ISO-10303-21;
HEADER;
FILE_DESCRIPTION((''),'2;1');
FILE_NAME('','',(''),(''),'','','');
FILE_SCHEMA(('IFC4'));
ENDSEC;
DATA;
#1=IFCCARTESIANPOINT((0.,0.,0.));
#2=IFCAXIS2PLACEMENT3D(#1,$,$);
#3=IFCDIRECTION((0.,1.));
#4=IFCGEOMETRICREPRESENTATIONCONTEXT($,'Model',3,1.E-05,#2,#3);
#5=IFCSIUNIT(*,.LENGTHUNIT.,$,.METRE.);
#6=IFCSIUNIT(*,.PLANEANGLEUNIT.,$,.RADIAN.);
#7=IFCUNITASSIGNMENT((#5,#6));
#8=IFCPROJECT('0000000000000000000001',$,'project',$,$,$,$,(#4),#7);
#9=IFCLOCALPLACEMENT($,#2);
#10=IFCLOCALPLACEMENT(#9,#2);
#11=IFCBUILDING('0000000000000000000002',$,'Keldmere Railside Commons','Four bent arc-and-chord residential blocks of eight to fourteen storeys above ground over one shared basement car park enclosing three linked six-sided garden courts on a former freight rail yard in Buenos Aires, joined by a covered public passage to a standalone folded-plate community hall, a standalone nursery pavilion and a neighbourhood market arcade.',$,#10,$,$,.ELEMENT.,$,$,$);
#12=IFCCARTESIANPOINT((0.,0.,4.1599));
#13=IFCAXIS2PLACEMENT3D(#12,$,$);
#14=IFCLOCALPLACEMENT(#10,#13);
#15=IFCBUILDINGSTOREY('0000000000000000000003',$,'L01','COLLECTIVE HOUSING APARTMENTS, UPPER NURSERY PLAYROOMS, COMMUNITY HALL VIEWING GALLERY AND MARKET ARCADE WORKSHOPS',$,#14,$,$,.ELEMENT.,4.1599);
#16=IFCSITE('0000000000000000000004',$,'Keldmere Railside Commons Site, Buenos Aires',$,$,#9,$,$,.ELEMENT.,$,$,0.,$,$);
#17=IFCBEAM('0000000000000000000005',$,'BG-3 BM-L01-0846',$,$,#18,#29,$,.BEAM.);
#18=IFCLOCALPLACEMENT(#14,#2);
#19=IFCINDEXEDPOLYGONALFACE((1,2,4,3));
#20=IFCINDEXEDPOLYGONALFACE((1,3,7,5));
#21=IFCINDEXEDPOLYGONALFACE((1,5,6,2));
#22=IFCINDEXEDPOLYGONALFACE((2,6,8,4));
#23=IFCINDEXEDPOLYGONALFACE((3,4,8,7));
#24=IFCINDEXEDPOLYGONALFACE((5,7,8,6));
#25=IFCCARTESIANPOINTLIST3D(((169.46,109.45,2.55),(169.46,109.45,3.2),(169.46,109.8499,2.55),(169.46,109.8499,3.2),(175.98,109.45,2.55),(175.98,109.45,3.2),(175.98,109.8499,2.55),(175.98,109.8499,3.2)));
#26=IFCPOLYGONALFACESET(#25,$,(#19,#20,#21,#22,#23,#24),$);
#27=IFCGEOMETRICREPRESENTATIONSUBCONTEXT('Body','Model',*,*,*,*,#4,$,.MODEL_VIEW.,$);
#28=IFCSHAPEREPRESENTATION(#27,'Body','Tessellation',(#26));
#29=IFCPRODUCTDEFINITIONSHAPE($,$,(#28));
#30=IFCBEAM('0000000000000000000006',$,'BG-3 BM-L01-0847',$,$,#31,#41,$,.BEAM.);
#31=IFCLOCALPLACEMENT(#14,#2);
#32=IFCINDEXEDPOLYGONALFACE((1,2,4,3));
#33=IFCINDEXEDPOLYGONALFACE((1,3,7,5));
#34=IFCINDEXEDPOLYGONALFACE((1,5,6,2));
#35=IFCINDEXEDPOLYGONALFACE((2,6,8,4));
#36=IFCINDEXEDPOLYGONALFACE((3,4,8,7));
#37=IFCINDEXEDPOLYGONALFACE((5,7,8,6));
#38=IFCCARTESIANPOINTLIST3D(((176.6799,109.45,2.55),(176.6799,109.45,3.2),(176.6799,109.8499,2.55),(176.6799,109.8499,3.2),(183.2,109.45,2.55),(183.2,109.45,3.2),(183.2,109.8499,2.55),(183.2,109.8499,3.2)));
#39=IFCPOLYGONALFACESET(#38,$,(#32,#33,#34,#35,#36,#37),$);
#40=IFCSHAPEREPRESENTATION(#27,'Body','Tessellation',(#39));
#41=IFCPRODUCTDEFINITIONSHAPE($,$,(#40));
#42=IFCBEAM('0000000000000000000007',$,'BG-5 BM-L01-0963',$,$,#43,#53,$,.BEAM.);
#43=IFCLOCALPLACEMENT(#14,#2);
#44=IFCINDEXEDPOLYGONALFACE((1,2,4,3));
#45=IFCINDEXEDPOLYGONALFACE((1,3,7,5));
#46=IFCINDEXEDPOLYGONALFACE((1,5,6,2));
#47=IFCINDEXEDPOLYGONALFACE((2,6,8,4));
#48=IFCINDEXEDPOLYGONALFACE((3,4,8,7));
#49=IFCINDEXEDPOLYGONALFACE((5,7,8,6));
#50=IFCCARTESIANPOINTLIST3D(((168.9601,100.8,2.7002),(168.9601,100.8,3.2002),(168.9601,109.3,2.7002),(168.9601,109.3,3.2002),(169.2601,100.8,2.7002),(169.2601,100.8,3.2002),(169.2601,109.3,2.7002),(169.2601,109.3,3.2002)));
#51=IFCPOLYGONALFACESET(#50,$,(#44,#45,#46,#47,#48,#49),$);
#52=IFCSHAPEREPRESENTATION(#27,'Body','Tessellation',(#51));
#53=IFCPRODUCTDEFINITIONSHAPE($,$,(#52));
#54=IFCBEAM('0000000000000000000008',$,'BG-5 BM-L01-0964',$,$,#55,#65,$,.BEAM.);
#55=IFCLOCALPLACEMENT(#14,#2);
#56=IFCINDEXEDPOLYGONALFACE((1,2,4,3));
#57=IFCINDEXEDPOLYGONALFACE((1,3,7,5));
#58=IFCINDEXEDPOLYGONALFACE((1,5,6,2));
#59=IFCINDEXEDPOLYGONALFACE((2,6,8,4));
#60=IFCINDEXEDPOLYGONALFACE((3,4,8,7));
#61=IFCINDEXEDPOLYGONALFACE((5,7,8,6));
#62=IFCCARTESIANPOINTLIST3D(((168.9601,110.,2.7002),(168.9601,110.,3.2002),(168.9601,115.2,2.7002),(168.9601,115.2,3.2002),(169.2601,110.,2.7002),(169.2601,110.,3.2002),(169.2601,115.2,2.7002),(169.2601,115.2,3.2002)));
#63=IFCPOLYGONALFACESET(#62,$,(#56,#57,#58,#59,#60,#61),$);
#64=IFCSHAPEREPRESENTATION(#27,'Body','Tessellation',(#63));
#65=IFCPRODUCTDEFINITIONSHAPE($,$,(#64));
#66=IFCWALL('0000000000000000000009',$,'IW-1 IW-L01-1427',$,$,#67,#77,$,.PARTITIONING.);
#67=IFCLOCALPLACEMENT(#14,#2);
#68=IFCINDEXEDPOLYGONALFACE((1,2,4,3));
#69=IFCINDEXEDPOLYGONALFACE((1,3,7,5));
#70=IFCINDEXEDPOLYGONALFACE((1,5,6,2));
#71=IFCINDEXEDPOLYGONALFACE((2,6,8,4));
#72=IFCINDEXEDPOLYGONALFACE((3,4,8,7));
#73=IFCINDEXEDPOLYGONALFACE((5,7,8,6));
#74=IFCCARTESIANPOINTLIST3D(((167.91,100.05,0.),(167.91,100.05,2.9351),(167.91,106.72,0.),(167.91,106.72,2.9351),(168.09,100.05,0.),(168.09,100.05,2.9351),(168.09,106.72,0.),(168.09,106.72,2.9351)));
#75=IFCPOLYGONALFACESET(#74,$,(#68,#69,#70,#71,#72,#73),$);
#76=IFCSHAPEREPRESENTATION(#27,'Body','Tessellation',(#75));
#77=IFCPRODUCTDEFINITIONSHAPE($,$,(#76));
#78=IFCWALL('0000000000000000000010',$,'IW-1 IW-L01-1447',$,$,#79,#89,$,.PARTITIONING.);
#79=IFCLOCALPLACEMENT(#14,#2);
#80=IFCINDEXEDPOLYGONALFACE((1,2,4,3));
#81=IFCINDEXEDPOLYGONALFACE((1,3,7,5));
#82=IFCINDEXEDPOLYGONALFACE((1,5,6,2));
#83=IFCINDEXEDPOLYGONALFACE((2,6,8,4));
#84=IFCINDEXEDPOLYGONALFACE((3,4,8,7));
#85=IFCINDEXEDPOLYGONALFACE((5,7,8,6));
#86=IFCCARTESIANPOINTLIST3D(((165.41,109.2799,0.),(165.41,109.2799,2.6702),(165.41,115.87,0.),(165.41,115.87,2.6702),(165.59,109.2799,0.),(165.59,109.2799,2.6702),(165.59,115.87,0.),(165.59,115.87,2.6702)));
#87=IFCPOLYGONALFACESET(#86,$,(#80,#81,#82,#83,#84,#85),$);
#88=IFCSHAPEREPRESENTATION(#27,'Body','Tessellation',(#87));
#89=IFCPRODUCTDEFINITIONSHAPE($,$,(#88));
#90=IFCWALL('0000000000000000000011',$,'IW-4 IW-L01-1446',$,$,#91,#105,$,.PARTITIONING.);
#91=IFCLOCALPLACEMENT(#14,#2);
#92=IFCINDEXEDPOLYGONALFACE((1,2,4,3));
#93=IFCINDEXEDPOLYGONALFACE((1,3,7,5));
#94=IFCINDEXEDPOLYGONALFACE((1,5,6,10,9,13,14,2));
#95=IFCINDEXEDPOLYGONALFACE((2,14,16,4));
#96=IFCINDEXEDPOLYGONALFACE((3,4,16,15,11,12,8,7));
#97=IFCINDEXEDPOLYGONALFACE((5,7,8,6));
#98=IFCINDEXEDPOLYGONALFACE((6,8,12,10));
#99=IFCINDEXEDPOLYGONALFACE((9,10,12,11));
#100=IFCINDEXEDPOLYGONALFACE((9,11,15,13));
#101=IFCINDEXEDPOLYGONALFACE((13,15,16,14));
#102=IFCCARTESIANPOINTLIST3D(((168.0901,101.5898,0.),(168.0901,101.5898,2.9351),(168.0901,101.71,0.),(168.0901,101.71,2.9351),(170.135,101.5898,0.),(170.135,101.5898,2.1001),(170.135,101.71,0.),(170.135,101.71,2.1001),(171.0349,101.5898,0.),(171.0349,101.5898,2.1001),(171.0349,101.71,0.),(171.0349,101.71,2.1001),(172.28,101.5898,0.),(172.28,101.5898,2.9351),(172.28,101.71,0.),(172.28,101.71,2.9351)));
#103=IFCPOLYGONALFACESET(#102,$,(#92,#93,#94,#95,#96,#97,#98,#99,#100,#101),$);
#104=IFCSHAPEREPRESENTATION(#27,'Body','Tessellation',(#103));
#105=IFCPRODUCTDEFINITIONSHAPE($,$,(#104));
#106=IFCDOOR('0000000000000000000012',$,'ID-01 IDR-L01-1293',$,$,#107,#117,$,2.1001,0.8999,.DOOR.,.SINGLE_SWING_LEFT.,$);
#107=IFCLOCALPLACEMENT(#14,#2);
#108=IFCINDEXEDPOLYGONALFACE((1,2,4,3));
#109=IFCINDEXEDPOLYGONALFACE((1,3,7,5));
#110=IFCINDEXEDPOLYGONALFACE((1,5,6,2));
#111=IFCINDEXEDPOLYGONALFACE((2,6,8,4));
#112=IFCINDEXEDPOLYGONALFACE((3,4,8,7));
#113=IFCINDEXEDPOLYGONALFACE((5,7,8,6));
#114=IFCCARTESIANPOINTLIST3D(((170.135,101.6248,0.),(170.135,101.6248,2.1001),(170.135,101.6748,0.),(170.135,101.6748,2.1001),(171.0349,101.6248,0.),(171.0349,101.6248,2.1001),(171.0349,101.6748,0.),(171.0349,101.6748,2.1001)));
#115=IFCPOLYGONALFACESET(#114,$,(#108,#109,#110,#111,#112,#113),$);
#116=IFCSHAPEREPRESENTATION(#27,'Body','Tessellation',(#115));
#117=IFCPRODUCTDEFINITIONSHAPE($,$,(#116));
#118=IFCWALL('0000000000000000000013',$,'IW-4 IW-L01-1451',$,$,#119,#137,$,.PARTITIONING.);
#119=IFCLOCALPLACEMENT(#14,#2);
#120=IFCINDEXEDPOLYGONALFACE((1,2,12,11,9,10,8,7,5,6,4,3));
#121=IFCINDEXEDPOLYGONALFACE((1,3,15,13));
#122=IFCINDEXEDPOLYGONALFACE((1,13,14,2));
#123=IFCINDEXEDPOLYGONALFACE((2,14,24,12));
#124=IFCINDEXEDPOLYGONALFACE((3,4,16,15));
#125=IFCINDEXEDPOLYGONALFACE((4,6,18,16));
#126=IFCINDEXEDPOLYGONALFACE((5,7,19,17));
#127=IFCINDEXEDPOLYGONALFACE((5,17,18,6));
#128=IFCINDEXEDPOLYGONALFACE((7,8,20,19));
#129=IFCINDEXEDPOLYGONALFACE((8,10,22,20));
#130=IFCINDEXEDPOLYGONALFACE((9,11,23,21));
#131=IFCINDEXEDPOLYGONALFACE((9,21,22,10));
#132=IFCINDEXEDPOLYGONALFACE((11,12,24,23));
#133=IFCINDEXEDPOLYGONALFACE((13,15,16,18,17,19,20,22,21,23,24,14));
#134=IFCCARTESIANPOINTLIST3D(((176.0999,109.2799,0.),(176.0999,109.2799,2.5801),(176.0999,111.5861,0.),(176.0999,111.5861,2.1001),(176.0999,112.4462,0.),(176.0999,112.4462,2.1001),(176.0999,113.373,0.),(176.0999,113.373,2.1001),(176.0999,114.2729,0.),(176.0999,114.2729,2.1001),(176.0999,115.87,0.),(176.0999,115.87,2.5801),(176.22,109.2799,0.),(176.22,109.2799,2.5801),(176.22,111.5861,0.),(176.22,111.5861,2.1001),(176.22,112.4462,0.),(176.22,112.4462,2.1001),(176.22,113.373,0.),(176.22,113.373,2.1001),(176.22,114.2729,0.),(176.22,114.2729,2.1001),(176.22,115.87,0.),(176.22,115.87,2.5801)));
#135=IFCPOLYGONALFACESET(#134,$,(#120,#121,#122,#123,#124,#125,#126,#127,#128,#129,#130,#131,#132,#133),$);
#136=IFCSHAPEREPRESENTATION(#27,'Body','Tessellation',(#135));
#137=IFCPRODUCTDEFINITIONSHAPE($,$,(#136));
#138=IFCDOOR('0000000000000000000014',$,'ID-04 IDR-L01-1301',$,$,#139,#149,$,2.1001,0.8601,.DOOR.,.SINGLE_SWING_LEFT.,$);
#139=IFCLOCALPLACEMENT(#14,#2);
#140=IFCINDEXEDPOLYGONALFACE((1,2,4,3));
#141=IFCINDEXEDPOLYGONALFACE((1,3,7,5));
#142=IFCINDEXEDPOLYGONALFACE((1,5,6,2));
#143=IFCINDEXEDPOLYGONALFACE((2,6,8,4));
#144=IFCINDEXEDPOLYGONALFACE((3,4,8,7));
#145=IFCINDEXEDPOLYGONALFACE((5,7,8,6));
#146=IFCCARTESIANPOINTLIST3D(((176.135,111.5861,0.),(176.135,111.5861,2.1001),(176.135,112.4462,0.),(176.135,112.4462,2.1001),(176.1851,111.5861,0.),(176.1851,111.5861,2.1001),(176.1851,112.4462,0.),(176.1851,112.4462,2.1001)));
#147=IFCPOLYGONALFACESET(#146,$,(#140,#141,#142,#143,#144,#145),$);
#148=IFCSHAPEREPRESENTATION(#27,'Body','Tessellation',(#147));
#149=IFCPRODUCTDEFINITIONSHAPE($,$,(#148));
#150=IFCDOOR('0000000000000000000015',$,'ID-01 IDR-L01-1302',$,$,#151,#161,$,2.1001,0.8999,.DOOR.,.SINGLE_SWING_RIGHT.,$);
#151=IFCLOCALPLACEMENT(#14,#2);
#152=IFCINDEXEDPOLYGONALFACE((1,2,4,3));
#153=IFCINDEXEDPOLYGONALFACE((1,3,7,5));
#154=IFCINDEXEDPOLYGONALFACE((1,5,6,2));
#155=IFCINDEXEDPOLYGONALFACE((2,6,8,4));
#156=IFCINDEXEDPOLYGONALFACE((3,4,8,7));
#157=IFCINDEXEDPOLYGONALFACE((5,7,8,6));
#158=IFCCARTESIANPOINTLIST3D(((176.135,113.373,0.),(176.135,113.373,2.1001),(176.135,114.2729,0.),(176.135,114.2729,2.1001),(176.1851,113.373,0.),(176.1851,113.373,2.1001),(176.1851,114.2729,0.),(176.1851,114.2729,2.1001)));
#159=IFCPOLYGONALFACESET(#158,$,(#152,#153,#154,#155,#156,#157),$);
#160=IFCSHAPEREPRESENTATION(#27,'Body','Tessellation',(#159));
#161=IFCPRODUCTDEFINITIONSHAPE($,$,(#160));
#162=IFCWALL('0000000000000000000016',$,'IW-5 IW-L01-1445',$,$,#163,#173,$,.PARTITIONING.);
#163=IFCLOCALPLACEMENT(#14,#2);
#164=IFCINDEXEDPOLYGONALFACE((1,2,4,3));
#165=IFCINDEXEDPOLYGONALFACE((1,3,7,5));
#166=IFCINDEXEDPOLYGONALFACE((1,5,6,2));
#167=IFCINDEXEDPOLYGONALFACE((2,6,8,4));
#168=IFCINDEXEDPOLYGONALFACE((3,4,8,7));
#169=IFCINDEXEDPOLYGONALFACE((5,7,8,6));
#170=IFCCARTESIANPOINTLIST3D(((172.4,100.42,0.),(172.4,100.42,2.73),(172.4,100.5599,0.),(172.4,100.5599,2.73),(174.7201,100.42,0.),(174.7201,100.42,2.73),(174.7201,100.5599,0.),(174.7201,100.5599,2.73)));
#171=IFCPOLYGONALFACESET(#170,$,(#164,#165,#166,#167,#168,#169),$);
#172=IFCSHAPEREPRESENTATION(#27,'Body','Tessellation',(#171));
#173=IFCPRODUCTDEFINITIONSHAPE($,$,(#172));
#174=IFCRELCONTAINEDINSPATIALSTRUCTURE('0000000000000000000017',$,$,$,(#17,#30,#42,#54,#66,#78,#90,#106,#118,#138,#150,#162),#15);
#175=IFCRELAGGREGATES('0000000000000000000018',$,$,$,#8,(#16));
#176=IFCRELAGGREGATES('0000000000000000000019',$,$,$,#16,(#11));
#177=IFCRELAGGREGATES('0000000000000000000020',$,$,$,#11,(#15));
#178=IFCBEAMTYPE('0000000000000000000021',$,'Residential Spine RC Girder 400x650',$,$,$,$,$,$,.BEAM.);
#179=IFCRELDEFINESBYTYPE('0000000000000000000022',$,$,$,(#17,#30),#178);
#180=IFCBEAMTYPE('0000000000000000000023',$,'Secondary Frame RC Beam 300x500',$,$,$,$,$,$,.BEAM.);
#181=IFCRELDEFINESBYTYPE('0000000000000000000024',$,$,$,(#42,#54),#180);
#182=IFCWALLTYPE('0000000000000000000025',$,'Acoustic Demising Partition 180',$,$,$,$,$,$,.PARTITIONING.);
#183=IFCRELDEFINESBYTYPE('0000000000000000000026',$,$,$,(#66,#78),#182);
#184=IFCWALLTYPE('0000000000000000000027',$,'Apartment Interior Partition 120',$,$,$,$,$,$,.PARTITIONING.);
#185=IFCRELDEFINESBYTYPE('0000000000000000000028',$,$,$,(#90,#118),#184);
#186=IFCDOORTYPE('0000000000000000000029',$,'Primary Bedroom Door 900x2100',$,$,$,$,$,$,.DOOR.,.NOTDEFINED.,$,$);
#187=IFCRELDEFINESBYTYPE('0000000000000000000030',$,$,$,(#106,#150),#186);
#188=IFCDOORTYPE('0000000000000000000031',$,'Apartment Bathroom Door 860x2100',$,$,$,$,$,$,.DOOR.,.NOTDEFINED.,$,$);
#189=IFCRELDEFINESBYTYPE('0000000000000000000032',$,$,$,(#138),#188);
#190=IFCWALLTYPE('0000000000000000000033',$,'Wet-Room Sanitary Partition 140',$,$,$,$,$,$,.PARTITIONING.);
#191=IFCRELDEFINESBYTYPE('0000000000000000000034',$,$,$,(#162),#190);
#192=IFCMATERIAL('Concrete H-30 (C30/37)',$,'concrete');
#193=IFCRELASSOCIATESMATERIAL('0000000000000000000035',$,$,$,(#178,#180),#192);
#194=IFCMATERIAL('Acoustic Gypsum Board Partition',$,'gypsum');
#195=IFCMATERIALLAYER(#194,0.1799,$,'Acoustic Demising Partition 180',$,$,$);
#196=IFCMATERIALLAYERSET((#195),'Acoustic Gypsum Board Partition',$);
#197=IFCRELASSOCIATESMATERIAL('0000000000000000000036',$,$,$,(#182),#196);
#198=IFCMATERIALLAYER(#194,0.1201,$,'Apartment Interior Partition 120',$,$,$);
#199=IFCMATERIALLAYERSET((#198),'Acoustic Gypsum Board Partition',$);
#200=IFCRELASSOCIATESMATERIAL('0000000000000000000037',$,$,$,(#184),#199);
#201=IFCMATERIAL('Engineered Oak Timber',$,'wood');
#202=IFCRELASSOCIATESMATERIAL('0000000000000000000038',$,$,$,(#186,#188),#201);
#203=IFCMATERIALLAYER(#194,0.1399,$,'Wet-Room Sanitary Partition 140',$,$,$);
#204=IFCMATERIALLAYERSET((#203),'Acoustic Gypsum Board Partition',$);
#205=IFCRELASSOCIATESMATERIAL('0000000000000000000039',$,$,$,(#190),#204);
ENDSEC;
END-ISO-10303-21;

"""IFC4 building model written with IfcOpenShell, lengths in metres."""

from ifc_helpers import new_model, si_unit, direction, frame, frame_2d, origin, origin_2d, place, context, subcontext, project, spatial, rectangle, extrude, material, layer, layer_set, material_profile, profile_set, type_object, element, fill, save


model = new_model("IFC4")

# Units and contexts
model_context = context("Model", 3, precision=1e-05, world=origin(), true_north=direction((0.0, 1.0)))
body_context = subcontext(model_context, "Body", "Model", "MODEL_VIEW")
ifc_project = project(units=[si_unit("LENGTHUNIT", "METRE"), si_unit("PLANEANGLEUNIT", "RADIAN")], contexts=[model_context])

# Site, building, storey
site_placement = place(None, origin())
site = spatial("IfcSite", under=ifc_project, at=site_placement, Name="Keldmere Railside Commons Site, Buenos Aires", CompositionType="ELEMENT", RefElevation=0.0)
building_placement = place(site_placement, origin())
building = spatial("IfcBuilding", under=site, at=building_placement, Name="Keldmere Railside Commons", Description="Four bent arc-and-chord residential blocks of eight to fourteen storeys above ground over one shared basement car park enclosing three linked six-sided garden courts on a former freight rail yard in Buenos Aires, joined by a covered public passage to a standalone folded-plate community hall, a standalone nursery pavilion and a neighbourhood market arcade.", CompositionType="ELEMENT")
storey_placement = place(building_placement, frame((0.0, 0.0, 4.1599)))
storey = spatial("IfcBuildingStorey", under=building, at=storey_placement, Name="L01", Description="COLLECTIVE HOUSING APARTMENTS, UPPER NURSERY PLAYROOMS, COMMUNITY HALL VIEWING GALLERY AND MARKET ARCADE WORKSHOPS", CompositionType="ELEMENT", Elevation=4.1599)

# Beams
ifc_material_1 = material(Name="Concrete H-30 (C30/37)", Category="concrete")
ifc_material_profile_1 = material_profile(ifc_material_1, rectangle(XDim=0.3999, YDim=0.6499, at=origin_2d()), Name="RC-400x650")
ifc_profile_set_1 = profile_set([ifc_material_profile_1], Name="Concrete H-30 (C30/37)")
beam_type_1 = type_object("IfcBeamType", Name="Residential Spine RC Girder 400x650", PredefinedType="BEAM", material=ifc_profile_set_1)
for number, where, z_axis, x_axis, name in (
    (1, (169.46, 109.6499, 2.875), (1.0, 0.0, 0.0), (0.0, 1.0, 0.0), "BG-3 BM-L01-0846"),
    (2, (176.6799, 109.6499, 2.875), (1.0, 0.0, 0.0), (0.0, 1.0, 0.0), "BG-3 BM-L01-0847"),
):
    element("IfcBeam", number, at=place(storey_placement, frame(where, z_axis=z_axis, x_axis=x_axis)), inside=storey, type_object=beam_type_1, Name=name, PredefinedType="BEAM", context=body_context, shape_type="SweptSolid", body=[
        extrude(rectangle(XDim=0.3999, YDim=0.6499, at=origin_2d()), origin(), (0.0, 0.0, 1.0), 6.52),
    ])
ifc_material_profile_2 = material_profile(ifc_material_1, rectangle(XDim=0.3, YDim=0.5, at=origin_2d()), Name="RC-300x500")
ifc_profile_set_2 = profile_set([ifc_material_profile_2], Name="Concrete H-30 (C30/37)")
beam_type_2 = type_object("IfcBeamType", Name="Secondary Frame RC Beam 300x500", PredefinedType="BEAM", material=ifc_profile_set_2)
beam_1_placement = place(storey_placement, frame((169.1101, 100.8, 2.9502), z_axis=(0.0, 1.0, 0.0), x_axis=(-1.0, 0.0, 0.0)))
element("IfcBeam", 3, at=beam_1_placement, inside=storey, type_object=beam_type_2, Name="BG-5 BM-L01-0963", PredefinedType="BEAM", context=body_context, shape_type="SweptSolid", body=[
    extrude(rectangle(XDim=0.3, YDim=0.5, at=origin_2d()), origin(), (0.0, 0.0, 1.0), 8.5),
])
beam_2_placement = place(storey_placement, frame((169.1101, 110.0, 2.9502), z_axis=(0.0, 1.0, 0.0), x_axis=(-1.0, 0.0, 0.0)))
element("IfcBeam", 4, at=beam_2_placement, inside=storey, type_object=beam_type_2, Name="BG-5 BM-L01-0964", PredefinedType="BEAM", context=body_context, shape_type="SweptSolid", body=[
    extrude(rectangle(XDim=0.3, YDim=0.5, at=origin_2d()), origin(), (0.0, 0.0, 1.0), 5.2),
])

# Walls
ifc_material_2 = material(Name="Acoustic Gypsum Board Partition", Category="gypsum")
ifc_layer_1 = layer(ifc_material_2, 0.1799, Name="Acoustic Demising Partition 180")
ifc_layer_set_1 = layer_set([ifc_layer_1], Name="Acoustic Gypsum Board Partition")
wall_type_1 = type_object("IfcWallType", Name="Acoustic Demising Partition 180", PredefinedType="PARTITIONING", material=ifc_layer_set_1)
wall_1_placement = place(storey_placement, frame((168.0, 100.05, 0.0), z_axis=(0.0, 0.0, 1.0), x_axis=(0.0, 1.0, 0.0)))
element("IfcWall", 5, at=wall_1_placement, inside=storey, type_object=wall_type_1, Name="IW-1 IW-L01-1427", PredefinedType="PARTITIONING", context=body_context, shape_type="SweptSolid", body=[
    extrude(rectangle(XDim=6.6699, YDim=0.1799, at=frame_2d((3.335, 0.0))), origin(), (0.0, 0.0, 1.0), 2.9351),
])
wall_2_placement = place(storey_placement, frame((165.5, 109.28, 0.0), z_axis=(0.0, 0.0, 1.0), x_axis=(0.0, 1.0, 0.0)))
element("IfcWall", 6, at=wall_2_placement, inside=storey, type_object=wall_type_1, Name="IW-1 IW-L01-1447", PredefinedType="PARTITIONING", context=body_context, shape_type="SweptSolid", body=[
    extrude(rectangle(XDim=6.5901, YDim=0.1799, at=frame_2d((3.2949, 0.0))), origin(), (0.0, 0.0, 1.0), 2.6702),
])

# Wall, opening, door
ifc_layer_2 = layer(ifc_material_2, 0.1201, Name="Apartment Interior Partition 120")
ifc_layer_set_2 = layer_set([ifc_layer_2], Name="Acoustic Gypsum Board Partition")
wall_type_2 = type_object("IfcWallType", Name="Apartment Interior Partition 120", PredefinedType="PARTITIONING", material=ifc_layer_set_2)
wall_3_placement = place(storey_placement, frame((168.0901, 101.6499, 0.0), z_axis=(0.0, 0.0, 1.0), x_axis=(1.0, 0.0, 0.0)))
wall_3 = element("IfcWall", 7, at=wall_3_placement, inside=storey, type_object=wall_type_2, Name="IW-4 IW-L01-1446", PredefinedType="PARTITIONING", context=body_context, shape_type="SweptSolid", body=[
    extrude(rectangle(XDim=4.1899, YDim=0.1201, at=frame_2d((2.095, 0.0))), origin(), (0.0, 0.0, 1.0), 2.9351),
])
opening_1_placement = place(wall_3_placement, frame((2.0449, 0.0, 0.0)))
opening_1 = element("IfcOpeningElement", 8, at=opening_1_placement, cuts=wall_3, PredefinedType="OPENING", context=body_context, shape_type="SweptSolid", body=[
    extrude(rectangle(XDim=0.8999, YDim=2.1001, at=frame_2d((0.45, 1.05))), frame((0.0, 0.0701, 0.0), z_axis=(0.0, -1.0, 0.0), x_axis=(1.0, 0.0, 0.0)), (0.0, 0.0, 1.0), 0.1401),
])
ifc_material_3 = material(Name="Engineered Oak Timber", Category="wood")
door_type_1 = type_object("IfcDoorType", Name="Primary Bedroom Door 900x2100", OperationType="NOTDEFINED", PredefinedType="DOOR", material=ifc_material_3)
door_1_placement = place(opening_1_placement, origin())
door_1 = element("IfcDoor", 9, at=door_1_placement, inside=storey, type_object=door_type_1, Name="ID-01 IDR-L01-1293", OperationType="SINGLE_SWING_LEFT", OverallHeight=2.1001, OverallWidth=0.8999, PredefinedType="DOOR", context=body_context, shape_type="SweptSolid", body=[
    extrude(rectangle(XDim=0.8999, YDim=2.1001, at=frame_2d((0.45, 1.05))), frame((0.0, 0.0249, 0.0), z_axis=(0.0, -1.0, 0.0), x_axis=(1.0, 0.0, 0.0)), (0.0, 0.0, 1.0), 0.05),
])
fill(opening_1, door_1)

# Wall, openings, doors
wall_4_placement = place(storey_placement, frame((176.1599, 109.28, 0.0), z_axis=(0.0, 0.0, 1.0), x_axis=(0.0, 1.0, 0.0)))
wall_4 = element("IfcWall", 10, at=wall_4_placement, inside=storey, type_object=wall_type_2, Name="IW-4 IW-L01-1451", PredefinedType="PARTITIONING", context=body_context, shape_type="SweptSolid", body=[
    extrude(rectangle(XDim=6.5901, YDim=0.1201, at=frame_2d((3.2949, 0.0))), origin(), (0.0, 0.0, 1.0), 2.5801),
])
opening_2_placement = place(wall_4_placement, frame((2.3059, 0.0, 0.0)))
opening_2 = element("IfcOpeningElement", 11, at=opening_2_placement, cuts=wall_4, PredefinedType="OPENING", context=body_context, shape_type="SweptSolid", body=[
    extrude(rectangle(XDim=0.8601, YDim=2.1001, at=frame_2d((0.4302, 1.05))), frame((0.0, 0.0701, 0.0), z_axis=(0.0, -1.0, 0.0), x_axis=(1.0, 0.0, 0.0)), (0.0, 0.0, 1.0), 0.1401),
])
opening_3_placement = place(wall_4_placement, frame((4.093, 0.0, 0.0)))
opening_3 = element("IfcOpeningElement", 12, at=opening_3_placement, cuts=wall_4, PredefinedType="OPENING", context=body_context, shape_type="SweptSolid", body=[
    extrude(rectangle(XDim=0.8999, YDim=2.1001, at=frame_2d((0.45, 1.05))), frame((0.0, 0.0701, 0.0), z_axis=(0.0, -1.0, 0.0), x_axis=(1.0, 0.0, 0.0)), (0.0, 0.0, 1.0), 0.1401),
])
door_type_2 = type_object("IfcDoorType", Name="Apartment Bathroom Door 860x2100", OperationType="NOTDEFINED", PredefinedType="DOOR", material=ifc_material_3)
door_2_placement = place(opening_2_placement, origin())
door_2 = element("IfcDoor", 13, at=door_2_placement, inside=storey, type_object=door_type_2, Name="ID-04 IDR-L01-1301", OperationType="SINGLE_SWING_LEFT", OverallHeight=2.1001, OverallWidth=0.8601, PredefinedType="DOOR", context=body_context, shape_type="SweptSolid", body=[
    extrude(rectangle(XDim=0.8601, YDim=2.1001, at=frame_2d((0.4302, 1.05))), frame((0.0, 0.0249, 0.0), z_axis=(0.0, -1.0, 0.0), x_axis=(1.0, 0.0, 0.0)), (0.0, 0.0, 1.0), 0.05),
])
fill(opening_2, door_2)
door_3_placement = place(opening_3_placement, origin())
door_3 = element("IfcDoor", 14, at=door_3_placement, inside=storey, type_object=door_type_1, Name="ID-01 IDR-L01-1302", OperationType="SINGLE_SWING_RIGHT", OverallHeight=2.1001, OverallWidth=0.8999, PredefinedType="DOOR", context=body_context, shape_type="SweptSolid", body=[
    extrude(rectangle(XDim=0.8999, YDim=2.1001, at=frame_2d((0.45, 1.05))), frame((0.0, 0.0249, 0.0), z_axis=(0.0, -1.0, 0.0), x_axis=(1.0, 0.0, 0.0)), (0.0, 0.0, 1.0), 0.05),
])
fill(opening_3, door_3)

# Wall
ifc_layer_3 = layer(ifc_material_2, 0.1399, Name="Wet-Room Sanitary Partition 140")
ifc_layer_set_3 = layer_set([ifc_layer_3], Name="Acoustic Gypsum Board Partition")
wall_type_3 = type_object("IfcWallType", Name="Wet-Room Sanitary Partition 140", PredefinedType="PARTITIONING", material=ifc_layer_set_3)
wall_5_placement = place(storey_placement, frame((172.3999, 100.49, 0.0), z_axis=(0.0, 0.0, 1.0), x_axis=(1.0, 0.0, 0.0)))
element("IfcWall", 15, at=wall_5_placement, inside=storey, type_object=wall_type_3, Name="IW-5 IW-L01-1445", PredefinedType="PARTITIONING", context=body_context, shape_type="SweptSolid", body=[
    extrude(rectangle(XDim=2.3201, YDim=0.1399, at=frame_2d((1.1602, 0.0))), origin(), (0.0, 0.0, 1.0), 2.73),
])

save(model, "model.ifc")
